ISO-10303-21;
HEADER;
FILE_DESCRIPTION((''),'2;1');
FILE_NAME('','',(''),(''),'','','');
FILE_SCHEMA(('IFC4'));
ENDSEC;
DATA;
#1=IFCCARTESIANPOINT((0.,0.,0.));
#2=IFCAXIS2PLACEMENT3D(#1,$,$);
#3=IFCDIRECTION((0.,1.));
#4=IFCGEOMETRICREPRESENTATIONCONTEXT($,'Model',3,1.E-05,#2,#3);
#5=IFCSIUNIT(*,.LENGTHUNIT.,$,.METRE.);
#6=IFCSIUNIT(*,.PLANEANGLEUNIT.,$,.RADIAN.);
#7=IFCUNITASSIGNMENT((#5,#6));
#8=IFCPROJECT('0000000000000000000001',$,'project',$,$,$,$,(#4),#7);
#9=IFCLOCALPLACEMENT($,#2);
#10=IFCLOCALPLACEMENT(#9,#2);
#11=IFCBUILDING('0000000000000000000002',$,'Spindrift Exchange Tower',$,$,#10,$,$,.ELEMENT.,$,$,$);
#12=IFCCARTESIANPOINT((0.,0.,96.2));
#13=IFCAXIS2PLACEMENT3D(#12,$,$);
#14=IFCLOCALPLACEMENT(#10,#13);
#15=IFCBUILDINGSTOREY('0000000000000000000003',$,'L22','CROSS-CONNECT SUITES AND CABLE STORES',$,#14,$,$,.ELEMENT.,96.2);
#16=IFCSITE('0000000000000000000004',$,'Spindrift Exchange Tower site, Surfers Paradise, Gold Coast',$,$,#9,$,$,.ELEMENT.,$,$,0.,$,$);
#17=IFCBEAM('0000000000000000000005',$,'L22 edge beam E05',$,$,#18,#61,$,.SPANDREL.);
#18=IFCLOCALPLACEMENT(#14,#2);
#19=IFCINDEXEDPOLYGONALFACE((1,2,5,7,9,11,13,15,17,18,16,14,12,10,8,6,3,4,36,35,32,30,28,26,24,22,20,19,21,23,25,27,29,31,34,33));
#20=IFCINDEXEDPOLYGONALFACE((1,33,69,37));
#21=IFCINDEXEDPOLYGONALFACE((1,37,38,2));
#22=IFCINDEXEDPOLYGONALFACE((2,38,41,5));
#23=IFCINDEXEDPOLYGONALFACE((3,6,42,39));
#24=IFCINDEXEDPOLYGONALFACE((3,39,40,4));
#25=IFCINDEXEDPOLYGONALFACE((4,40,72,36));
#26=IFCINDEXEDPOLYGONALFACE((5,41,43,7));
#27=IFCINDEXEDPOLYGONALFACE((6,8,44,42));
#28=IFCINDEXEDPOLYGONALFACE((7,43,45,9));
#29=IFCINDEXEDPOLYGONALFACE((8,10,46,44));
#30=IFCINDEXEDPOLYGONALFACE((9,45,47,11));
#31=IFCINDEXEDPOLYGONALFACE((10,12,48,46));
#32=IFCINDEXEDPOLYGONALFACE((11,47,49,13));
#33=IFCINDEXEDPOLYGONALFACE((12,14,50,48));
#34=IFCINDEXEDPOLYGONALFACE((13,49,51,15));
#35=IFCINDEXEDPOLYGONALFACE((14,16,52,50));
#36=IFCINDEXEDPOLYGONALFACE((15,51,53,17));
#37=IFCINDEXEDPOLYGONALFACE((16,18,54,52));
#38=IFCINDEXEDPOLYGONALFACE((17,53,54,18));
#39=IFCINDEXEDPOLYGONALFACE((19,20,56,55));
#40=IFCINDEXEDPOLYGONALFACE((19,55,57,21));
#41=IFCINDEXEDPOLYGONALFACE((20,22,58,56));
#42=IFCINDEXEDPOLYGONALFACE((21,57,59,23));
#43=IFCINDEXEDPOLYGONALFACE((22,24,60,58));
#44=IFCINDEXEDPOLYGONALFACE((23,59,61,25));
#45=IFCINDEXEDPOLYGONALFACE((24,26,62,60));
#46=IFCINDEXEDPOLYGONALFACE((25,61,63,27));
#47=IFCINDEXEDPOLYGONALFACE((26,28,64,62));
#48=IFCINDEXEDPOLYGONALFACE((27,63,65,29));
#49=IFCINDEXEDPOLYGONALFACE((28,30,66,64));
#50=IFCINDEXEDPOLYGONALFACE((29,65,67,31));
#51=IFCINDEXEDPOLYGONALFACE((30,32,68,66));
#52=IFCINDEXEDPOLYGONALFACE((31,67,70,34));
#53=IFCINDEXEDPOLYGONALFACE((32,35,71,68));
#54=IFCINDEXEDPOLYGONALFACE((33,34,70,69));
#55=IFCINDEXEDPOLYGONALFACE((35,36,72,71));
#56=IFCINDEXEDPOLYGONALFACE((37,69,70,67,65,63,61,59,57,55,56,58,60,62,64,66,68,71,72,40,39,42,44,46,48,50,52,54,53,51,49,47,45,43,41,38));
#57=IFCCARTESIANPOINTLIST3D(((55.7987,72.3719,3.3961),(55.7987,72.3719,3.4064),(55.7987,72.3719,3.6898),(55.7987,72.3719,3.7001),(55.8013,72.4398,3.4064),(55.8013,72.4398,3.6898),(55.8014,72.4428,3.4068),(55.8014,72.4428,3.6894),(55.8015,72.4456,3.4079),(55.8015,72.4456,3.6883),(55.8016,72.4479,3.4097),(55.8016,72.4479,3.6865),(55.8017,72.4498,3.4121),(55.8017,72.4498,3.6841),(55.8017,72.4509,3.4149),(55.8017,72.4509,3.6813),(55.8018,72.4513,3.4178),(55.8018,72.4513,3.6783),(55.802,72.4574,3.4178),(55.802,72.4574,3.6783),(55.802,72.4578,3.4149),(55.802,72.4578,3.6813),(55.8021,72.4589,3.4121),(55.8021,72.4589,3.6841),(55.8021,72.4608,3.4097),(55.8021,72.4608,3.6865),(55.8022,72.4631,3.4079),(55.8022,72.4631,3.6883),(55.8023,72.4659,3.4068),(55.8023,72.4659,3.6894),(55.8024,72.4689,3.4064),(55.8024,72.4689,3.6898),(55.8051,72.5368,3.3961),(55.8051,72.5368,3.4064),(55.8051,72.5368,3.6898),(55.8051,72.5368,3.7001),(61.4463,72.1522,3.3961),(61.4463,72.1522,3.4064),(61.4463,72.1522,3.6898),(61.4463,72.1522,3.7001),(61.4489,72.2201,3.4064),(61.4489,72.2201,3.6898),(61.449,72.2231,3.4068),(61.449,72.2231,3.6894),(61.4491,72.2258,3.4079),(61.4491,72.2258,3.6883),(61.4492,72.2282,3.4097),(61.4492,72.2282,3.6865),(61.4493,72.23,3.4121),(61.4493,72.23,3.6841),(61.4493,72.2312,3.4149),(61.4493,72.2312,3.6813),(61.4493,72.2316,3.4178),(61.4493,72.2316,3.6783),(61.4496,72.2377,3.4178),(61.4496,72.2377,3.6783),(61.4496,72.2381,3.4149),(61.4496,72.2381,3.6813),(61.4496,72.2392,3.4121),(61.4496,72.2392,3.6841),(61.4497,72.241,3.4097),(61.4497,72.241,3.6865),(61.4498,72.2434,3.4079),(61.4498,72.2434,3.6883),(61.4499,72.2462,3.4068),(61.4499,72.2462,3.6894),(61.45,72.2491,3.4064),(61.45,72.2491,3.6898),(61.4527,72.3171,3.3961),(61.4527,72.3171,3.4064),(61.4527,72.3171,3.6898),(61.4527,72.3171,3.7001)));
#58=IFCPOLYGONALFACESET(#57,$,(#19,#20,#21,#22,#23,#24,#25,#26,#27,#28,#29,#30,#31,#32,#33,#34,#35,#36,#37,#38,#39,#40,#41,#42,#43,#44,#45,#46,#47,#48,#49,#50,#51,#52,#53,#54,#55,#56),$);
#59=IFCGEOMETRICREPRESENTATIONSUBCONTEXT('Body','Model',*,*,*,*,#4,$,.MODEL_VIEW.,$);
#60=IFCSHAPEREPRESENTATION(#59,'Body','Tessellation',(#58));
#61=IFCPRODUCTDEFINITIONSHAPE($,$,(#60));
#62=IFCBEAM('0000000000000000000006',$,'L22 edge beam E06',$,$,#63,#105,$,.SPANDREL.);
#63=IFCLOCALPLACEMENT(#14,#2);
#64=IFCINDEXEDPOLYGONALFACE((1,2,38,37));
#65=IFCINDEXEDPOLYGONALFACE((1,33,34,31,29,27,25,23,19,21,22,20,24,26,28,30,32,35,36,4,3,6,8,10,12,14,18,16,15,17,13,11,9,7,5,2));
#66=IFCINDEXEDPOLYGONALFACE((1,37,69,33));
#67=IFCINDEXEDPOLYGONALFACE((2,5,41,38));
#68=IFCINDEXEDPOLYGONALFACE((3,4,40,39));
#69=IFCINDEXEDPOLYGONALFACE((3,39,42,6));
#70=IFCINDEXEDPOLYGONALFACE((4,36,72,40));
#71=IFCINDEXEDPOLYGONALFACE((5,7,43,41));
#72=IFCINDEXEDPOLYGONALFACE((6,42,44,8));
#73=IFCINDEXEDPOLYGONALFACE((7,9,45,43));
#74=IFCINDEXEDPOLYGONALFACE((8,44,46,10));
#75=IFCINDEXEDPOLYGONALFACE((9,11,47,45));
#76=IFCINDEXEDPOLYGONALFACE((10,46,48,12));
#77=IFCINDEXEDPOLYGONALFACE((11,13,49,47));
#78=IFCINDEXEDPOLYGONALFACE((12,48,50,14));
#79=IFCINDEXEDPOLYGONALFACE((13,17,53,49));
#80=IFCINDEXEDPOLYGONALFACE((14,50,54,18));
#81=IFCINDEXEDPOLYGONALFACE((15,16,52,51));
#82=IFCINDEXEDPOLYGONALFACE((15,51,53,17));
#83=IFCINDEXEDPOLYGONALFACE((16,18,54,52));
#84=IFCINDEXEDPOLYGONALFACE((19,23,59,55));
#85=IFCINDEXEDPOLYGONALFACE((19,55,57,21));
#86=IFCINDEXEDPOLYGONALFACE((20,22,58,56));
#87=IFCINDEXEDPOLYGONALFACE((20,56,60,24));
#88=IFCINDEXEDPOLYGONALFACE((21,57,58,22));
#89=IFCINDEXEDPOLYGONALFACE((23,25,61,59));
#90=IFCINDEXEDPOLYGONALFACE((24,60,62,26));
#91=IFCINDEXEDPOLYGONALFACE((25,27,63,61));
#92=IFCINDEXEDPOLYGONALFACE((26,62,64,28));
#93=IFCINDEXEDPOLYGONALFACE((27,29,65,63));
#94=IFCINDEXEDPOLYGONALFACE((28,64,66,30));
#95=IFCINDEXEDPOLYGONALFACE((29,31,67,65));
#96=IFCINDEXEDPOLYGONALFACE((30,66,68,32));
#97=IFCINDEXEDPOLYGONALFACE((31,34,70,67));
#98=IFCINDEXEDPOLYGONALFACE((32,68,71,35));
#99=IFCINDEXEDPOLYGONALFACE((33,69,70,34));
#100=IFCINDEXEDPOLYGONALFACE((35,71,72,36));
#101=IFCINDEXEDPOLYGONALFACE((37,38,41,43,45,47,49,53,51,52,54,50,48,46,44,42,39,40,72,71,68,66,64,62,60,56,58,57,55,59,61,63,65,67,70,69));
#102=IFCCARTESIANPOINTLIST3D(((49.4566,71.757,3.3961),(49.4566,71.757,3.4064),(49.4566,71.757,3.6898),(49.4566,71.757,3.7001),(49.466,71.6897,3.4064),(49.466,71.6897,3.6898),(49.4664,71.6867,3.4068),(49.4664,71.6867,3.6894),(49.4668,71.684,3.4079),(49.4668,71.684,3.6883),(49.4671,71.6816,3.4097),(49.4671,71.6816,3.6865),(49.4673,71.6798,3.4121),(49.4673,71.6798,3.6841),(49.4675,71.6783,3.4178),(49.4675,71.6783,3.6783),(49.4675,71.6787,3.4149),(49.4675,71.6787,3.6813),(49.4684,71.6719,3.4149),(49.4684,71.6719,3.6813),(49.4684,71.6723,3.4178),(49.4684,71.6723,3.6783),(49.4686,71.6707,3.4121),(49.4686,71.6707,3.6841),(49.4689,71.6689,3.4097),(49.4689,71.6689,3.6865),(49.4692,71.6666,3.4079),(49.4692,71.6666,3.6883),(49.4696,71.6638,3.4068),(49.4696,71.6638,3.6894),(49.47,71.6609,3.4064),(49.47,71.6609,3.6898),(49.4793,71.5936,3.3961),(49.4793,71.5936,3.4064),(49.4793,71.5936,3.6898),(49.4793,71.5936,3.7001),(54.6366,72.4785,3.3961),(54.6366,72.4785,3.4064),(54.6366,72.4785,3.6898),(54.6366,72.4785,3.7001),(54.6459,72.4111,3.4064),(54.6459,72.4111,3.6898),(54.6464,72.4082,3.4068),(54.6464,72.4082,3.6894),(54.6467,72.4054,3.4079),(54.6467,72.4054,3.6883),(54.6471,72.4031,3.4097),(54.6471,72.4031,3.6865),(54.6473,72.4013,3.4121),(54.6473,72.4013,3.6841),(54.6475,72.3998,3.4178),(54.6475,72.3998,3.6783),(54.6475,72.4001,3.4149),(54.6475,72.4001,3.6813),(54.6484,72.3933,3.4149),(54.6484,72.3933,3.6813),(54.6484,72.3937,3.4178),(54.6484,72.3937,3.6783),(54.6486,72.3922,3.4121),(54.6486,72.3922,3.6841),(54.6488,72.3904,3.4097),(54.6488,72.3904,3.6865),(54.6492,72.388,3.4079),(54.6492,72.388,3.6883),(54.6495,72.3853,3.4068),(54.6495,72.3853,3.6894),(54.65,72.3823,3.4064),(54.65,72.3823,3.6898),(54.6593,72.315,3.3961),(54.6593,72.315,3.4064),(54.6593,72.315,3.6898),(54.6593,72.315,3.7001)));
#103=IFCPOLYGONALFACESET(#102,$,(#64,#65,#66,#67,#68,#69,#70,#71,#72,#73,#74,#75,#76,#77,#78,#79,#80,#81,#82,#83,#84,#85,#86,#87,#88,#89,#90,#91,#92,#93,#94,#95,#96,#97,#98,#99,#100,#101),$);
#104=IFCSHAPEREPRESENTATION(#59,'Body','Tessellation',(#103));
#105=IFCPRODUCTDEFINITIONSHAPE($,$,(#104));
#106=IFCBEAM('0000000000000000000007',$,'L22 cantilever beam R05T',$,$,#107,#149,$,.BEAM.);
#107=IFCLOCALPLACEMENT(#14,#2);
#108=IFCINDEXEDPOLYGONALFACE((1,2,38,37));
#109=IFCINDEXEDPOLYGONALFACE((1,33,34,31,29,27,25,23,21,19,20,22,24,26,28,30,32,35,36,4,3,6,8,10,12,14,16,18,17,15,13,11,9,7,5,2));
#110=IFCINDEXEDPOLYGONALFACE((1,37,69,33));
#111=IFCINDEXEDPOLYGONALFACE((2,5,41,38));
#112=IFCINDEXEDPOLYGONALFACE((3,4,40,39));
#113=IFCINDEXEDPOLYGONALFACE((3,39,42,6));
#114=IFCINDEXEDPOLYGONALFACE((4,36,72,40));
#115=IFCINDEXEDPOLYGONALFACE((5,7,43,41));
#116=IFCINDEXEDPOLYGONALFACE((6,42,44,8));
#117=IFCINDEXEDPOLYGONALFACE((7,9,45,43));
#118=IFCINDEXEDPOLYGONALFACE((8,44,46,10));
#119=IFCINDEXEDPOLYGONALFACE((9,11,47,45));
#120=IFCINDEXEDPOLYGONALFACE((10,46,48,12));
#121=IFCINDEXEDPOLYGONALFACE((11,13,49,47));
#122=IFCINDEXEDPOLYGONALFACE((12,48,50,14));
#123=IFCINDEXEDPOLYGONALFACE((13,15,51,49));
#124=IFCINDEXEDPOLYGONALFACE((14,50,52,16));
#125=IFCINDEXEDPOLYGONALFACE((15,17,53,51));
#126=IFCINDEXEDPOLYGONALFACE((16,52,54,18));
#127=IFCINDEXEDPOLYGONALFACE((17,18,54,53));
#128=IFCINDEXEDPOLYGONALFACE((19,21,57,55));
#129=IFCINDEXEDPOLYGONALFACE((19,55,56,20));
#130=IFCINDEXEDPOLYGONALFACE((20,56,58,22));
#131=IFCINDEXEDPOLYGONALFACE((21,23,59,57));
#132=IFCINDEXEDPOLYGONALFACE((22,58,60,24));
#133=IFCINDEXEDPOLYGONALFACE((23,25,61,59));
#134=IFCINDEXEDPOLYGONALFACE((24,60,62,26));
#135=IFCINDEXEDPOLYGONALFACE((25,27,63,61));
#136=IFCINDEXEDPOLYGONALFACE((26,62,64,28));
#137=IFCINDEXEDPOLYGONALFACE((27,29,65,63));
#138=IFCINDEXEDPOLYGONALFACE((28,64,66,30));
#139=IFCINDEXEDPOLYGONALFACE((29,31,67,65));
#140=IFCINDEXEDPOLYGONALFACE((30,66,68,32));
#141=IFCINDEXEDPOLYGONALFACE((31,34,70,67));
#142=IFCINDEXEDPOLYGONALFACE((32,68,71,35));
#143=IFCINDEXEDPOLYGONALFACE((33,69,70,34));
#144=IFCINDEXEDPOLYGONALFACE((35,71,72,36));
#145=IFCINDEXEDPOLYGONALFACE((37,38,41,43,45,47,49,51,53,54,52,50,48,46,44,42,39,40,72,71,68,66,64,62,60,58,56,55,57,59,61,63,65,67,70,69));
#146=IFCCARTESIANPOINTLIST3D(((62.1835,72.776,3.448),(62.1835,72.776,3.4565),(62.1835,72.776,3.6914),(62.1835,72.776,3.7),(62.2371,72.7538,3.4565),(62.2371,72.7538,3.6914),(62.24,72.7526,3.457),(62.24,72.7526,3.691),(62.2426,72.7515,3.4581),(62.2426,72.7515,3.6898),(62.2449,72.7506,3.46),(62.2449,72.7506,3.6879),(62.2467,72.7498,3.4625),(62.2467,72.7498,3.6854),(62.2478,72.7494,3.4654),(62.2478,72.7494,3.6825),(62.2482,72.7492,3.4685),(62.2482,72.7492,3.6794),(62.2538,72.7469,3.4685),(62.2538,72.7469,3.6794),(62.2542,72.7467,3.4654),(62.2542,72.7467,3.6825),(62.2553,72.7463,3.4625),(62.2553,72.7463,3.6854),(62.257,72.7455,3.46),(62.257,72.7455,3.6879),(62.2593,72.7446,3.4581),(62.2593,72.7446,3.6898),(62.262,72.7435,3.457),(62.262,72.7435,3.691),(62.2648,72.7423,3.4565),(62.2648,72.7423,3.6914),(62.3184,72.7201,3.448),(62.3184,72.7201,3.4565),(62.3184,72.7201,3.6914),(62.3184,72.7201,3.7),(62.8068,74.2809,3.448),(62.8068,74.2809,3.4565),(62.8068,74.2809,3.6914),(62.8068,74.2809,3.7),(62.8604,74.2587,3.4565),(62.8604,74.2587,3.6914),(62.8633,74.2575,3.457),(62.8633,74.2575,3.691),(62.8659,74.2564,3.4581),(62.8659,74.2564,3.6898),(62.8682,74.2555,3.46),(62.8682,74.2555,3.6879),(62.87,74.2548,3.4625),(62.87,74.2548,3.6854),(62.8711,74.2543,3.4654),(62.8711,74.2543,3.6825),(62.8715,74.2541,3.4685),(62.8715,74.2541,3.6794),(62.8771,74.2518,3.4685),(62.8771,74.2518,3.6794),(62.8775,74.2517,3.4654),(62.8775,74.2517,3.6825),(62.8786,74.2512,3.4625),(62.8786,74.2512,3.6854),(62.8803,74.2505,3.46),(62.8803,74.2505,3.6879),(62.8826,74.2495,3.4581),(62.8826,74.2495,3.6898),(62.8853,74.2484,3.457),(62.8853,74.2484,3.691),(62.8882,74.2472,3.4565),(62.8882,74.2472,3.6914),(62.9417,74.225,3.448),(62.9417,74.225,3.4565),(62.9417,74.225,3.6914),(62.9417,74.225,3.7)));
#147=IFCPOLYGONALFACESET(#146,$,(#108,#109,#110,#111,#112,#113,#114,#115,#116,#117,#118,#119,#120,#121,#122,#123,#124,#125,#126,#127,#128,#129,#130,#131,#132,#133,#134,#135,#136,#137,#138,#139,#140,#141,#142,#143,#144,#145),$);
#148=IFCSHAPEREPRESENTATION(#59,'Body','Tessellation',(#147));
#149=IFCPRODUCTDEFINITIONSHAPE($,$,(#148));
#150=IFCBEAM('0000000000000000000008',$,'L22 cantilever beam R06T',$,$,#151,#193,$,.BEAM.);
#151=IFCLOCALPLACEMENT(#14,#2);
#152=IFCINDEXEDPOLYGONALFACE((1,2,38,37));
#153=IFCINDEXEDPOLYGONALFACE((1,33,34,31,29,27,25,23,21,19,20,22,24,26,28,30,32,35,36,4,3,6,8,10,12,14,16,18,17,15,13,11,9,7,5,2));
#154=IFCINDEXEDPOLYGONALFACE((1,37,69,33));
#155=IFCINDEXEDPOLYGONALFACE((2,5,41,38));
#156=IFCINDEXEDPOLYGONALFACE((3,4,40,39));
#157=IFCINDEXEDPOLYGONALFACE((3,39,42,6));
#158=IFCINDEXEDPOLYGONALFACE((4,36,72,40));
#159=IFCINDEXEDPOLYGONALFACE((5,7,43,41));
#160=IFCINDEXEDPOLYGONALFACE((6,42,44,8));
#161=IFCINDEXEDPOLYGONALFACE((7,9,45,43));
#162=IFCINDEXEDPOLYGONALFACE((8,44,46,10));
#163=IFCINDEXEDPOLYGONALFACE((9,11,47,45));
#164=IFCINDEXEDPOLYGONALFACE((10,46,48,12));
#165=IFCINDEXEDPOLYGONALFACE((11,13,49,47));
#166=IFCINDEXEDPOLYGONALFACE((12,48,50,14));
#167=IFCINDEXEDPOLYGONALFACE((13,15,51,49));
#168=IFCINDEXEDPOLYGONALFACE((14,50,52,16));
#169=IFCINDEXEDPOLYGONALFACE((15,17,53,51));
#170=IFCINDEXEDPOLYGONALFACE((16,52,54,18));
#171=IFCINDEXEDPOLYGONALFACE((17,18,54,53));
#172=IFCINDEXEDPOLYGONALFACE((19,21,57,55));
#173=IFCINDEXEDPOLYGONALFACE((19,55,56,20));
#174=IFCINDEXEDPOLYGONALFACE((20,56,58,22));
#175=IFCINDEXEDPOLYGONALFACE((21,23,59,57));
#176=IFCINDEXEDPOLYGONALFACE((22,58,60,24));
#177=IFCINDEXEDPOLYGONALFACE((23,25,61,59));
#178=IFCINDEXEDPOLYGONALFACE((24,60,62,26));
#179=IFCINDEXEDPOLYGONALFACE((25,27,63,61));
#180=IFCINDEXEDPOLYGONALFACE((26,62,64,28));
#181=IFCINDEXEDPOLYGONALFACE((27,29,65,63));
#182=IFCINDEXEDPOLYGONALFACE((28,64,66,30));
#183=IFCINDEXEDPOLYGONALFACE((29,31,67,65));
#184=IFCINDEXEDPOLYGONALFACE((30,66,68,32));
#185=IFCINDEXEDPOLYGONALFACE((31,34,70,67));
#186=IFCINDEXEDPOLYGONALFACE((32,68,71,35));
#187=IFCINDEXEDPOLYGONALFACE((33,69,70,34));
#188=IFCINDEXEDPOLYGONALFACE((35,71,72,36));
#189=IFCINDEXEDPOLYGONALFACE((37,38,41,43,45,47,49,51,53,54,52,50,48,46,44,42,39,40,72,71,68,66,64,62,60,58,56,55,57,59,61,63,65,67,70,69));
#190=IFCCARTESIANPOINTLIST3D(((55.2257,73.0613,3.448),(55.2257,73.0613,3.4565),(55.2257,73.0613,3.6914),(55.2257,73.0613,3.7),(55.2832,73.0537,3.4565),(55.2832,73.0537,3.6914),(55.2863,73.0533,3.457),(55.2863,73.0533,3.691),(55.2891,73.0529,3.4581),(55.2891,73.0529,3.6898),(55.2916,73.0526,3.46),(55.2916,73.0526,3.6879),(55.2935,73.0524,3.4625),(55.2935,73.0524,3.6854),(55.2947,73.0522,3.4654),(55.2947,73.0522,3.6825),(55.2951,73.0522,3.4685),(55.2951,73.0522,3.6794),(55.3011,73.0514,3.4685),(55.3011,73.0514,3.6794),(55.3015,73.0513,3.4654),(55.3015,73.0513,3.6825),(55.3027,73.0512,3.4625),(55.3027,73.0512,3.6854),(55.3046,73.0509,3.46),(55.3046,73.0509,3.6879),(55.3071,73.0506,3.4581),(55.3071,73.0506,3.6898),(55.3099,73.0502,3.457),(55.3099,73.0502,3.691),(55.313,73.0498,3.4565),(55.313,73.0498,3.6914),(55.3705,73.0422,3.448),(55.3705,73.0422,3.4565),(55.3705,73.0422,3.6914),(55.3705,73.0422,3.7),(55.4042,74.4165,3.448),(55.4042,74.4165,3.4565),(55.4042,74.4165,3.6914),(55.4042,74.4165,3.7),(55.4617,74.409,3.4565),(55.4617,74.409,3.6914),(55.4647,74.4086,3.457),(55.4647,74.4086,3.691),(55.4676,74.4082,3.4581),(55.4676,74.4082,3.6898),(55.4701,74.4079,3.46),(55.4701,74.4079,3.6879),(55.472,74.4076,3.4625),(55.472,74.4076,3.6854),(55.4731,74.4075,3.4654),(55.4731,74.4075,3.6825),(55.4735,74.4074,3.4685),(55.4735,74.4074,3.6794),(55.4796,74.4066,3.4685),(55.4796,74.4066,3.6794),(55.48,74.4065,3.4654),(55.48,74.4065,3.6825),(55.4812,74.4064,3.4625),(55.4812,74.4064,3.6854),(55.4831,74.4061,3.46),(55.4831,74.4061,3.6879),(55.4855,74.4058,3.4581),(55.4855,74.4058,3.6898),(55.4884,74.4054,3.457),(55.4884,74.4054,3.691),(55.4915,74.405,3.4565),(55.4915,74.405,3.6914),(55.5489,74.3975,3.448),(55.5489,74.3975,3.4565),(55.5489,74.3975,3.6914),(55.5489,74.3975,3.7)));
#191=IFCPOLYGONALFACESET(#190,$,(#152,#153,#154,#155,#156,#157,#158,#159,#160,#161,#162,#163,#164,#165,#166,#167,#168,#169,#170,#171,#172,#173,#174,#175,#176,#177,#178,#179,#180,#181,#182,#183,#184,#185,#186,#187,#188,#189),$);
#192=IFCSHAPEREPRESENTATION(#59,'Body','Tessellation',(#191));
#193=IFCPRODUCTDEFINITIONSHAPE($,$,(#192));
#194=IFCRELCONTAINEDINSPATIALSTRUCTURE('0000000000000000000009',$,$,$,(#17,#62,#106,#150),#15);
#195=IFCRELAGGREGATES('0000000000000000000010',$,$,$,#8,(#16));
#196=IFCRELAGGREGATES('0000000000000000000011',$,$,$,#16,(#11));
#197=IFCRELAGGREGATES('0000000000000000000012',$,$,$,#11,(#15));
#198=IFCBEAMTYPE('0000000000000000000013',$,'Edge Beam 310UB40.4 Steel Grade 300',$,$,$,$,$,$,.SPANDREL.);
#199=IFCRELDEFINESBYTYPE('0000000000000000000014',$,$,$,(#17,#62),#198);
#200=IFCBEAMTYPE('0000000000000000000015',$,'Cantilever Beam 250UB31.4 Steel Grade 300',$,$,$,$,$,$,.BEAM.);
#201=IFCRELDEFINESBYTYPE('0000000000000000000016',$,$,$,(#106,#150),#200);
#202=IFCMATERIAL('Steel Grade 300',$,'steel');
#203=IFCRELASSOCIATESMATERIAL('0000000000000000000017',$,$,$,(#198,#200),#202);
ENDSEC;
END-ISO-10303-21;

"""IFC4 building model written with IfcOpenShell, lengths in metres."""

from ifc_helpers import new_model, si_unit, direction, frame, origin, origin_2d, place, context, subcontext, project, spatial, i_section, extrude, source, transform, mapped, material, material_profile, profile_set, type_object, element, save


model = new_model("IFC4")

# Units and contexts
model_context = context("Model", 3, precision=1e-05, world=origin(), true_north=direction((0.0, 1.0)))
body_context = subcontext(model_context, "Body", "Model", "MODEL_VIEW")
ifc_project = project(units=[si_unit("LENGTHUNIT", "METRE"), si_unit("PLANEANGLEUNIT", "RADIAN")], contexts=[model_context])

# Site, building, storey
site_placement = place(None, origin())
site = spatial("IfcSite", under=ifc_project, at=site_placement, Name="Spindrift Exchange Tower site, Surfers Paradise, Gold Coast", CompositionType="ELEMENT", RefElevation=0.0)
building_placement = place(site_placement, origin())
building = spatial("IfcBuilding", under=site, at=building_placement, Name="Spindrift Exchange Tower", CompositionType="ELEMENT")
storey_placement = place(building_placement, frame((0.0, 0.0, 96.2)))
storey = spatial("IfcBuildingStorey", under=building, at=storey_placement, Name="L22", Description="CROSS-CONNECT SUITES AND CABLE STORES", CompositionType="ELEMENT", Elevation=96.2)

# Beams
ifc_material_1 = material(Name="Steel Grade 300", Category="steel")
ifc_material_profile_1 = material_profile(ifc_material_1, i_section(OverallWidth=0.165, OverallDepth=0.304, WebThickness=0.0061, FlangeThickness=0.0103, FilletRadius=0.0115, at=origin_2d()), Name="310UB40.4")
ifc_profile_set_1 = profile_set([ifc_material_profile_1], Name="Steel Grade 300")
beam_type_1 = type_object("IfcBeamType", Name="Edge Beam 310UB40.4 Steel Grade 300", PredefinedType="SPANDREL", material=ifc_profile_set_1)
shared_shape_1 = source(origin(), body_context, "Body", "SweptSolid", [
    extrude(i_section(OverallWidth=0.165, OverallDepth=0.304, WebThickness=0.0061, FlangeThickness=0.0103, FilletRadius=0.0115, at=origin_2d()), origin(), (0.0, 0.0, 1.0), 5.6519),
])
beam_1_placement = place(storey_placement, frame((61.4495, 72.2346, 3.5481), z_axis=(-0.999244, 0.038878, 0.0), x_axis=(-0.038878, -0.999244, 0.0)))
element("IfcBeam", 1, at=beam_1_placement, inside=storey, type_object=beam_type_1, Name="L22 edge beam E05", PredefinedType="SPANDREL", context=body_context, shape_type="MappedRepresentation", body=[
    mapped(shared_shape_1, transform((0.0, 0.0, 0.0), scale=1.0)),
])
shared_shape_2 = source(origin(), body_context, "Body", "SweptSolid", [
    extrude(i_section(OverallWidth=0.165, OverallDepth=0.304, WebThickness=0.0061, FlangeThickness=0.0103, FilletRadius=0.0115, at=origin_2d()), origin(), (0.0, 0.0, 1.0), 5.23),
])
beam_2_placement = place(storey_placement, frame((54.6479, 72.3967, 3.5481), z_axis=(-0.99044, -0.137944, 0.0), x_axis=(0.137944, -0.99044, 0.0)))
element("IfcBeam", 2, at=beam_2_placement, inside=storey, type_object=beam_type_1, Name="L22 edge beam E06", PredefinedType="SPANDREL", context=body_context, shape_type="MappedRepresentation", body=[
    mapped(shared_shape_2, transform((0.0, 0.0, 0.0), scale=1.0)),
])
ifc_material_profile_2 = material_profile(ifc_material_1, i_section(OverallWidth=0.146, OverallDepth=0.252, WebThickness=0.0061, FlangeThickness=0.0085, FilletRadius=0.012, at=origin_2d()), Name="250UB31.4")
ifc_profile_set_2 = profile_set([ifc_material_profile_2], Name="Steel Grade 300")
beam_type_2 = type_object("IfcBeamType", Name="Cantilever Beam 250UB31.4 Steel Grade 300", PredefinedType="BEAM", material=ifc_profile_set_2)
shared_shape_3 = source(origin(), body_context, "Body", "SweptSolid", [
    extrude(i_section(OverallWidth=0.146, OverallDepth=0.252, WebThickness=0.0061, FlangeThickness=0.0085, FilletRadius=0.012, at=origin_2d()), origin(), (0.0, 0.0, 1.0), 1.6289),
])
beam_3_placement = place(storey_placement, frame((62.251, 72.748, 3.574), z_axis=(0.382656, 0.923891, 0.0), x_axis=(-0.923891, 0.382656, 0.0)))
element("IfcBeam", 3, at=beam_3_placement, inside=storey, type_object=beam_type_2, Name="L22 cantilever beam R05T", PredefinedType="BEAM", context=body_context, shape_type="MappedRepresentation", body=[
    mapped(shared_shape_3, transform((0.0, 0.0, 0.0), scale=1.0)),
])
shared_shape_4 = source(origin(), body_context, "Body", "SweptSolid", [
    extrude(i_section(OverallWidth=0.146, OverallDepth=0.252, WebThickness=0.0061, FlangeThickness=0.0085, FilletRadius=0.012, at=origin_2d()), origin(), (0.0, 0.0, 1.0), 1.3669),
])
beam_4_placement = place(storey_placement, frame((55.2981, 73.0518, 3.574), z_axis=(0.130561, 0.99144, 0.0), x_axis=(-0.99144, 0.130561, 0.0)))
element("IfcBeam", 4, at=beam_4_placement, inside=storey, type_object=beam_type_2, Name="L22 cantilever beam R06T", PredefinedType="BEAM", context=body_context, shape_type="MappedRepresentation", body=[
    mapped(shared_shape_4, transform((0.0, 0.0, 0.0), scale=1.0)),
])

save(model, "model.ifc")
